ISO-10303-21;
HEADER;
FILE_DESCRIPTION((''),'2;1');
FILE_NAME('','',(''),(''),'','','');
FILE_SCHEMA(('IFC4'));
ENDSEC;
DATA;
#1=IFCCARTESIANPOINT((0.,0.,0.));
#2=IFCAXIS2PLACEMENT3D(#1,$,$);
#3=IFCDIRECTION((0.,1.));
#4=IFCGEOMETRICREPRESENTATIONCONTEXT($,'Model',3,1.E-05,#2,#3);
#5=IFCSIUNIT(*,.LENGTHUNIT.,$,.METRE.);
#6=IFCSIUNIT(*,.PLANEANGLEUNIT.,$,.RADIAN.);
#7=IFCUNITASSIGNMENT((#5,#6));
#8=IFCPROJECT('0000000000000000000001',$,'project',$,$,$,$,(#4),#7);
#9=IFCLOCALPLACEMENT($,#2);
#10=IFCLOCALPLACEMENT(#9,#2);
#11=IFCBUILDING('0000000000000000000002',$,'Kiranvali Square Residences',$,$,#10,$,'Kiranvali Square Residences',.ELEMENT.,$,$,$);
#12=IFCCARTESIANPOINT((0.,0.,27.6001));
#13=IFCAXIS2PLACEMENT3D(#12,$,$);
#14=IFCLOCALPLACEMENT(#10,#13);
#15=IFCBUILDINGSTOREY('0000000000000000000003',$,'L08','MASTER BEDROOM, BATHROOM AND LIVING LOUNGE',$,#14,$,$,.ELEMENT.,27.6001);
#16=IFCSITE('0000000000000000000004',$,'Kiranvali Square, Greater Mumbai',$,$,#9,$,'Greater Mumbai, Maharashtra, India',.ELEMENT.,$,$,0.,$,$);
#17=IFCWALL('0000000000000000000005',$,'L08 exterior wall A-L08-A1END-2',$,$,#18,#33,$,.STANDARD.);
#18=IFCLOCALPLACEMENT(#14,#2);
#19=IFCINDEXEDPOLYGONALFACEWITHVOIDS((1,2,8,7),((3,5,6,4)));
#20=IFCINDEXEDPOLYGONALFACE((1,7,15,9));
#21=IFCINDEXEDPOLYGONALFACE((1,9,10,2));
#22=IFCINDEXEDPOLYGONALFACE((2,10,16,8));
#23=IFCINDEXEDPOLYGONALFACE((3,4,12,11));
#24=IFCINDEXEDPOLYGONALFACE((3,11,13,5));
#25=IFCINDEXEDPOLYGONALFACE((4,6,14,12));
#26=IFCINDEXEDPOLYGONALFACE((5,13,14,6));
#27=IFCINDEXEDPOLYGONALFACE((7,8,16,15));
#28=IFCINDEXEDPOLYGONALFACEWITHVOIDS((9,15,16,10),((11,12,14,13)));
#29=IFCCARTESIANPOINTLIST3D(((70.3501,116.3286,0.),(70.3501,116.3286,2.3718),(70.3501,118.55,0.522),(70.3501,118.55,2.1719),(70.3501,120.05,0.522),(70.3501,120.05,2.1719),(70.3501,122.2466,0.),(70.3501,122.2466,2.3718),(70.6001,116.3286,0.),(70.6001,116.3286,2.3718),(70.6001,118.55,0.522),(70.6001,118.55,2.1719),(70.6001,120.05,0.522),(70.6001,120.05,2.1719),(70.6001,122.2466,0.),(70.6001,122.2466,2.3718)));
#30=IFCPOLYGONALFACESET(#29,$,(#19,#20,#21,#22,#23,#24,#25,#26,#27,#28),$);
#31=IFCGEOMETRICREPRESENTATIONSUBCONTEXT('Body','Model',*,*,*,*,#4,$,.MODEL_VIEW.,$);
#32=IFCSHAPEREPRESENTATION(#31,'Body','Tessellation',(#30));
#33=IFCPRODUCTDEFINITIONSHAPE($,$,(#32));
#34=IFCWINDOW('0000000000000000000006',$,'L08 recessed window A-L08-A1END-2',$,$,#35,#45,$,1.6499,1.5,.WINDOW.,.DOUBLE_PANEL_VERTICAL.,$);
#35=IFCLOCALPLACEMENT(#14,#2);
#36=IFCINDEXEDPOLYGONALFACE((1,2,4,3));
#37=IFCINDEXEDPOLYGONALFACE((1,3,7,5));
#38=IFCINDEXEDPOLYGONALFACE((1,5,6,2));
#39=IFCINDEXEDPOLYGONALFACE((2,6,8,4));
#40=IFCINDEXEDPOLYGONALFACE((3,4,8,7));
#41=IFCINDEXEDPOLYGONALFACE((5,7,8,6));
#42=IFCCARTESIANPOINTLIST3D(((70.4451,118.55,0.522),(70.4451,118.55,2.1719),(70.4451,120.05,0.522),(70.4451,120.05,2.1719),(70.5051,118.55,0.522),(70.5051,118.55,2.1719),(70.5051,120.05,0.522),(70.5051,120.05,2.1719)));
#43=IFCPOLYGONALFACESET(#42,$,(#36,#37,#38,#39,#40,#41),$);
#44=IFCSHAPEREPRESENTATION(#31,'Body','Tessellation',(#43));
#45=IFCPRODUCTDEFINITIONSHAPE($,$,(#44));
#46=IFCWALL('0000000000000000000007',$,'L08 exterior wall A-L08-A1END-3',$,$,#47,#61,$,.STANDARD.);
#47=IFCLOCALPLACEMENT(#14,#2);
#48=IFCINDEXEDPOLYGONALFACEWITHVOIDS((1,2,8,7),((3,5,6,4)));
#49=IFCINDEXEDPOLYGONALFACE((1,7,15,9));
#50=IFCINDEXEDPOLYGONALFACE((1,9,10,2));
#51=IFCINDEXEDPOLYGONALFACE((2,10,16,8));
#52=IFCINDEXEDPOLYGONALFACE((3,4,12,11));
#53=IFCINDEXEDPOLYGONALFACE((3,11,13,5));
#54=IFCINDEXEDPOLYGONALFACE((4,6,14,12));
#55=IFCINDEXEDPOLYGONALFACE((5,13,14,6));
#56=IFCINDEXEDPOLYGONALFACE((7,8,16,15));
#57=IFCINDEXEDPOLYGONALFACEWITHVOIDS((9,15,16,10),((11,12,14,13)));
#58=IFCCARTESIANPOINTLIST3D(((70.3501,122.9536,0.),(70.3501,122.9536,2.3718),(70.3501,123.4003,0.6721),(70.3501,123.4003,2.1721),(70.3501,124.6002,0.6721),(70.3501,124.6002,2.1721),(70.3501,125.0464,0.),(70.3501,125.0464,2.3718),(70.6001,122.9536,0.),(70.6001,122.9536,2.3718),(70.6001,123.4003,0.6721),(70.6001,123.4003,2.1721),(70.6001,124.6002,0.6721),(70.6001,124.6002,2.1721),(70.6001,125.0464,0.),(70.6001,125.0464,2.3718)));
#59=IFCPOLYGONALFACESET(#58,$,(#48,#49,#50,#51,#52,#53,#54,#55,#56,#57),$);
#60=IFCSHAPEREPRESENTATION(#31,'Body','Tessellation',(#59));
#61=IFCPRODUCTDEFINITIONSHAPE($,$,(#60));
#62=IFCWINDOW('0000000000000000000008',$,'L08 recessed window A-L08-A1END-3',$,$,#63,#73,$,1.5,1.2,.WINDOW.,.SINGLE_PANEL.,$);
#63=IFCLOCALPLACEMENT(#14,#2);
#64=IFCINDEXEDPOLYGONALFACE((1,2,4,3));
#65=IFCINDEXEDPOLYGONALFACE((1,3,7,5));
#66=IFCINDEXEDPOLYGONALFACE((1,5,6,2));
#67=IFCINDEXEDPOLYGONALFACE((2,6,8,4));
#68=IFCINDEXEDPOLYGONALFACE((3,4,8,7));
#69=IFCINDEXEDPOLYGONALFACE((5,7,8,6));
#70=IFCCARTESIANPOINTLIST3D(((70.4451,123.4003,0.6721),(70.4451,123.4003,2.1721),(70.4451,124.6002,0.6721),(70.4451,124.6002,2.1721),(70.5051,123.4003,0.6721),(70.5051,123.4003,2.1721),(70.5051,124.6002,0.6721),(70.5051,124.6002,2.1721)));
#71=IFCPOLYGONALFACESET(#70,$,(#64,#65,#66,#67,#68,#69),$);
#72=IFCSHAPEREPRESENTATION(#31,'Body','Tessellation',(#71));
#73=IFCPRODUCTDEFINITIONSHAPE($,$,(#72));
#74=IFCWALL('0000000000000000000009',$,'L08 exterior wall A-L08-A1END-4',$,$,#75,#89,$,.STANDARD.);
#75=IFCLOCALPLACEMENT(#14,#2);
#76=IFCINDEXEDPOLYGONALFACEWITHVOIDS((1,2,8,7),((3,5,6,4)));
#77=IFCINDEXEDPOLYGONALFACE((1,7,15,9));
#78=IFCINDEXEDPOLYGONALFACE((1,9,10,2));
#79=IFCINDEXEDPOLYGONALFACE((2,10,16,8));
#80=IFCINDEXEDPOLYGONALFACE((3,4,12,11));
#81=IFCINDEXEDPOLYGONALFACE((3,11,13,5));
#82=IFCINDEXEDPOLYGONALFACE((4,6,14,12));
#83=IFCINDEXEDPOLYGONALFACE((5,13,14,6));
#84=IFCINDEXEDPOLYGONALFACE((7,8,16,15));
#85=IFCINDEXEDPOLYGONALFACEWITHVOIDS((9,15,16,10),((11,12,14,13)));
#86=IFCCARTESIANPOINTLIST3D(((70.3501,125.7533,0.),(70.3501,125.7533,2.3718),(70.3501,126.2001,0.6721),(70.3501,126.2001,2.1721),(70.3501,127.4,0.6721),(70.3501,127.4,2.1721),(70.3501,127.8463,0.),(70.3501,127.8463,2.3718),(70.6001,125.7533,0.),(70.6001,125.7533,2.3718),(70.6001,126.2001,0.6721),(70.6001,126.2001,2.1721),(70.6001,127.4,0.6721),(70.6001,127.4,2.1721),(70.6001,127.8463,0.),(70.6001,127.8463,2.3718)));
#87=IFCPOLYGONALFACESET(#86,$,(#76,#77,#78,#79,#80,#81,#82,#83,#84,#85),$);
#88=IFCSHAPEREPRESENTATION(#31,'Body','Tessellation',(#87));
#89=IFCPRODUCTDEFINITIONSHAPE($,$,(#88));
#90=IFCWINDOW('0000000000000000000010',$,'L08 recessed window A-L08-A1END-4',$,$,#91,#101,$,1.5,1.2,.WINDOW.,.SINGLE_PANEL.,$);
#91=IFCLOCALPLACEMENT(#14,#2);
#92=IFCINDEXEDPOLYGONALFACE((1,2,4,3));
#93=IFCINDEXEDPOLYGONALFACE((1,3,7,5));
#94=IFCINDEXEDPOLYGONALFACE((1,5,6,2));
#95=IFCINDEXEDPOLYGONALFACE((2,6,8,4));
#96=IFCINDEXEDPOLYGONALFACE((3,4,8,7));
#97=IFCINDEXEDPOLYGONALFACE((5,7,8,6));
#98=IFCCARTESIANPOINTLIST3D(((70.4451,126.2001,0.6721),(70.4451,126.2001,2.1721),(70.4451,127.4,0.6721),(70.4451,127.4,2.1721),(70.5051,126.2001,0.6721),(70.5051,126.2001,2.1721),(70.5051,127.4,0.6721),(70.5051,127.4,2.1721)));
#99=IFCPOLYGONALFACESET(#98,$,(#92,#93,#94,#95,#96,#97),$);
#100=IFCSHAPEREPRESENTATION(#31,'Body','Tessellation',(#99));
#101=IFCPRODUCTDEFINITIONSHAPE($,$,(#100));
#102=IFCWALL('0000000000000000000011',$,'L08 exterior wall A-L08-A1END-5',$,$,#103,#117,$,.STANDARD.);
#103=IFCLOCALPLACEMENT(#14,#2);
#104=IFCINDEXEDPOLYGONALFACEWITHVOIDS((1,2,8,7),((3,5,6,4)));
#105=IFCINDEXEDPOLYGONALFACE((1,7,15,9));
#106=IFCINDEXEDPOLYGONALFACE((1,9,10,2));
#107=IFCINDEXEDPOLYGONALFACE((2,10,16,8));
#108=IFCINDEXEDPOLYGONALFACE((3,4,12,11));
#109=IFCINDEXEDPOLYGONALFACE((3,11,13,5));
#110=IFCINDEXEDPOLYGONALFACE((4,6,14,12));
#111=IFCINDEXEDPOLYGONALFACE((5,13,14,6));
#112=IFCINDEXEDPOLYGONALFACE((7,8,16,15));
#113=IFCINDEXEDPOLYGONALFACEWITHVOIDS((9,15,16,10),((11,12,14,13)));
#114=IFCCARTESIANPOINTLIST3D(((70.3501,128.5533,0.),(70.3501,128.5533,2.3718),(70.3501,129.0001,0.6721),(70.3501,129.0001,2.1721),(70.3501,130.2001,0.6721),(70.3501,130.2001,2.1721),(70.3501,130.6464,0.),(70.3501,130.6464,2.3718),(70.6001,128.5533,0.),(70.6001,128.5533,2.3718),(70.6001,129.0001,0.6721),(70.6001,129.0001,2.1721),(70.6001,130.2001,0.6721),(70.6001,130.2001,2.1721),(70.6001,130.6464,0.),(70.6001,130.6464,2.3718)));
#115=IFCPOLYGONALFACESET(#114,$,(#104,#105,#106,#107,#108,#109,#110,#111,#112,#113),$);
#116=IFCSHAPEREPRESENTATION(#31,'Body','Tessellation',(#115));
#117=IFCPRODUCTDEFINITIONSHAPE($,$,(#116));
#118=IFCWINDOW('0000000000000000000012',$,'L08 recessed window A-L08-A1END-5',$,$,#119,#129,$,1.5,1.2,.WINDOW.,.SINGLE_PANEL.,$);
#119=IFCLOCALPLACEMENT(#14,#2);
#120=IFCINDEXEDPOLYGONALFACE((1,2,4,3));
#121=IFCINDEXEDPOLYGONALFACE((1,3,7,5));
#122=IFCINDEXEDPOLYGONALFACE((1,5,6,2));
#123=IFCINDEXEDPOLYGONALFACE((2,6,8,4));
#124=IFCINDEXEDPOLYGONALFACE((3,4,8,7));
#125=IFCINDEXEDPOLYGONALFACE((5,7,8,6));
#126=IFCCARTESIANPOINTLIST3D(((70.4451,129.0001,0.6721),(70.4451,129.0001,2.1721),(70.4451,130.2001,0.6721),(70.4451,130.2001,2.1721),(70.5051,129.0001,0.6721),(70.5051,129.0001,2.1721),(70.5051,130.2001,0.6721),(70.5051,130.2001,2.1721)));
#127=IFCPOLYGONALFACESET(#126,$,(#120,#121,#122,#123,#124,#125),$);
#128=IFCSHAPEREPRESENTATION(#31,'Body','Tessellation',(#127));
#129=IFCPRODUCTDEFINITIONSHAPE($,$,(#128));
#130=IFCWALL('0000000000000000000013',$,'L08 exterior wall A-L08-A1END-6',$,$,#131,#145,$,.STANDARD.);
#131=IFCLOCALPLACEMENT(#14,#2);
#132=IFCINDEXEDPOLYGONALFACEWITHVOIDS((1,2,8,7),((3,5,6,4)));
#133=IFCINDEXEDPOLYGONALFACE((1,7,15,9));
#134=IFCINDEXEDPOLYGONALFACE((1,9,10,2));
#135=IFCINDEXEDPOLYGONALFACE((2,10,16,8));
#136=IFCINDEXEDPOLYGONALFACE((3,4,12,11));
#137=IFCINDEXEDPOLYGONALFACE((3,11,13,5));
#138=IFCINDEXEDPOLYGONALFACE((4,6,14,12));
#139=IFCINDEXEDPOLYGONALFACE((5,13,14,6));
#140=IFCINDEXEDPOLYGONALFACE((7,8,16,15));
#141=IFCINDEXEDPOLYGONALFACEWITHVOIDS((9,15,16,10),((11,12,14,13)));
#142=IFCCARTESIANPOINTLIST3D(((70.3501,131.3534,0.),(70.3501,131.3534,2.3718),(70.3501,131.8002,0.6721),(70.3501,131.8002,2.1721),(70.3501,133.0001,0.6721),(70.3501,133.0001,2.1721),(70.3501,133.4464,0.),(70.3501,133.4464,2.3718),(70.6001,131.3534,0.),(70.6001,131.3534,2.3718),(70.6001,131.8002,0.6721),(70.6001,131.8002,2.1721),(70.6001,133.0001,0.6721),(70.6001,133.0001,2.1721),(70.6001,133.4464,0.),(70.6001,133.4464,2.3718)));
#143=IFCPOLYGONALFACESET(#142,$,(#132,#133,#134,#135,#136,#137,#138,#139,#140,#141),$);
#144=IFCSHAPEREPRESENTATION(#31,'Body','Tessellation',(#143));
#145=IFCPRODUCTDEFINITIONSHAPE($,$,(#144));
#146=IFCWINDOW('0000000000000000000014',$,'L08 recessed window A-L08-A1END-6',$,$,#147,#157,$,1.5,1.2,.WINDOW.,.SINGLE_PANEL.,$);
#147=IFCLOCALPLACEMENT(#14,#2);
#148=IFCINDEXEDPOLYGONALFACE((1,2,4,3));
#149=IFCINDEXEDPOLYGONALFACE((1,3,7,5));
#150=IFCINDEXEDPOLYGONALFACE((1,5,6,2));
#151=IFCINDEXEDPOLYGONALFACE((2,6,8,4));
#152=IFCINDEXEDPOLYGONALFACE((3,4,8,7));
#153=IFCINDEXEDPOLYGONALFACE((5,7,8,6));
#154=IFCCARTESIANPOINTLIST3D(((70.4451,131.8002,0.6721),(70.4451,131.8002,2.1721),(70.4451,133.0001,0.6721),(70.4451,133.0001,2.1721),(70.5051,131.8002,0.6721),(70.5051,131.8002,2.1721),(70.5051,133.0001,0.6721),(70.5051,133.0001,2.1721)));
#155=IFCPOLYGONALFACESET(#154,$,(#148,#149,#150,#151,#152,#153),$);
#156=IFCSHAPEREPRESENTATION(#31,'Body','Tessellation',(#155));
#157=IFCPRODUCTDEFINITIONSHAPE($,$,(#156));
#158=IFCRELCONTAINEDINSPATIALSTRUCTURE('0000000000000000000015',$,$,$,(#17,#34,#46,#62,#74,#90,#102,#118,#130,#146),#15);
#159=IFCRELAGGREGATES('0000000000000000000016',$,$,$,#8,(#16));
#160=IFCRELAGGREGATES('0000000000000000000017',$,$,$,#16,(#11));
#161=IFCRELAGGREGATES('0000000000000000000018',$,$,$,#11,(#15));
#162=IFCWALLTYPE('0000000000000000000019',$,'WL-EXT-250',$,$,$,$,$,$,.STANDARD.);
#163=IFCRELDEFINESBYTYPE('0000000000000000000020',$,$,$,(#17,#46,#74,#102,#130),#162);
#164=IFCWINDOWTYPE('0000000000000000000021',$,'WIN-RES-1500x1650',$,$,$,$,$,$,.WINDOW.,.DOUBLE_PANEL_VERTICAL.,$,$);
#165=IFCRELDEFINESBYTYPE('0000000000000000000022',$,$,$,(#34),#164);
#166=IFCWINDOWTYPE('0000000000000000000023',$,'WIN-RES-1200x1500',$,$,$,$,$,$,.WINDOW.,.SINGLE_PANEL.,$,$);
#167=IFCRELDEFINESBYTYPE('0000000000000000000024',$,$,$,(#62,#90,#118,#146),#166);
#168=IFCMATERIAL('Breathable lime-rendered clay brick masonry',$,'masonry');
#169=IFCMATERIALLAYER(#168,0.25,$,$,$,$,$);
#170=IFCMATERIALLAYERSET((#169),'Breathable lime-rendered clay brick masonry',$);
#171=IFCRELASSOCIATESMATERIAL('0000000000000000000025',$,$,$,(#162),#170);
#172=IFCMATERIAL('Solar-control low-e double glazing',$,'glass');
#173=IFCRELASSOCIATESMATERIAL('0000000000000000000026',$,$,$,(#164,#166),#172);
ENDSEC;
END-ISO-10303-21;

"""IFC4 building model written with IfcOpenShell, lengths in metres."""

from ifc_helpers import new_model, si_unit, direction, frame, frame_2d, origin, place, context, subcontext, project, spatial, rectangle, extrude, material, layer, layer_set, type_object, element, fill, save


model = new_model("IFC4")

# Units and contexts
model_context = context("Model", 3, precision=1e-05, world=origin(), true_north=direction((0.0, 1.0)))
body_context = subcontext(model_context, "Body", "Model", "MODEL_VIEW")
ifc_project = project(units=[si_unit("LENGTHUNIT", "METRE"), si_unit("PLANEANGLEUNIT", "RADIAN")], contexts=[model_context])

# Site, building, storey
site_placement = place(None, origin())
site = spatial("IfcSite", under=ifc_project, at=site_placement, Name="Kiranvali Square, Greater Mumbai", LongName="Greater Mumbai, Maharashtra, India", CompositionType="ELEMENT", RefElevation=0.0)
building_placement = place(site_placement, origin())
building = spatial("IfcBuilding", under=site, at=building_placement, Name="Kiranvali Square Residences", LongName="Kiranvali Square Residences", CompositionType="ELEMENT")
storey_placement = place(building_placement, frame((0.0, 0.0, 27.6001)))
storey = spatial("IfcBuildingStorey", under=building, at=storey_placement, Name="L08", Description="MASTER BEDROOM, BATHROOM AND LIVING LOUNGE", CompositionType="ELEMENT", Elevation=27.6001)

# Walls, openings, windows
ifc_material_1 = material(Name="Breathable lime-rendered clay brick masonry", Category="masonry")
ifc_layer_1 = layer(ifc_material_1, 0.25)
ifc_layer_set_1 = layer_set([ifc_layer_1], Name="Breathable lime-rendered clay brick masonry")
wall_type_1 = type_object("IfcWallType", Name="WL-EXT-250", PredefinedType="STANDARD", material=ifc_layer_set_1)
ifc_material_2 = material(Name="Solar-control low-e double glazing", Category="glass")
wall_1_placement = place(storey_placement, frame((70.4751, 116.3286, 0.0), z_axis=(0.0, 0.0, 1.0), x_axis=(0.0, 1.0, 0.0)))
wall_1 = element("IfcWall", 1, at=wall_1_placement, inside=storey, type_object=wall_type_1, Name="L08 exterior wall A-L08-A1END-2", PredefinedType="STANDARD", context=body_context, shape_type="SweptSolid", body=[
    extrude(rectangle(XDim=5.918, YDim=0.25, at=frame_2d((2.959, 0.0))), origin(), (0.0, 0.0, 1.0), 2.3718),
])
opening_1_placement = place(wall_1_placement, frame((2.2214, 0.0, 0.522)))
opening_1 = element("IfcOpeningElement", 2, at=opening_1_placement, cuts=wall_1, PredefinedType="OPENING", context=body_context, shape_type="SweptSolid", body=[
    extrude(rectangle(XDim=1.5, YDim=1.6499, at=frame_2d((0.75, 0.825))), frame((0.0, 0.135, 0.0), z_axis=(0.0, -1.0, 0.0), x_axis=(1.0, 0.0, 0.0)), (0.0, 0.0, 1.0), 0.27),
])
window_type_1 = type_object("IfcWindowType", Name="WIN-RES-1500x1650", PartitioningType="DOUBLE_PANEL_VERTICAL", PredefinedType="WINDOW", material=ifc_material_2)
window_1_placement = place(opening_1_placement, origin())
window_1 = element("IfcWindow", 3, at=window_1_placement, inside=storey, type_object=window_type_1, Name="L08 recessed window A-L08-A1END-2", OverallHeight=1.6499, OverallWidth=1.5, PartitioningType="DOUBLE_PANEL_VERTICAL", PredefinedType="WINDOW", context=body_context, shape_type="SweptSolid", body=[
    extrude(rectangle(XDim=1.5, YDim=1.6499, at=frame_2d((0.75, 0.825))), frame((0.0, 0.03, 0.0), z_axis=(0.0, -1.0, 0.0), x_axis=(1.0, 0.0, 0.0)), (0.0, 0.0, 1.0), 0.0601),
])
fill(opening_1, window_1)
wall_2_placement = place(storey_placement, frame((70.4751, 122.9536, 0.0), z_axis=(0.0, 0.0, 1.0), x_axis=(0.0, 1.0, 0.0)))
wall_2 = element("IfcWall", 4, at=wall_2_placement, inside=storey, type_object=wall_type_1, Name="L08 exterior wall A-L08-A1END-3", PredefinedType="STANDARD", context=body_context, shape_type="SweptSolid", body=[
    extrude(rectangle(XDim=2.0928, YDim=0.25, at=frame_2d((1.0464, 0.0))), origin(), (0.0, 0.0, 1.0), 2.3718),
])
opening_2_placement = place(wall_2_placement, frame((0.4465, 0.0, 0.6721)))
opening_2 = element("IfcOpeningElement", 5, at=opening_2_placement, cuts=wall_2, PredefinedType="OPENING", context=body_context, shape_type="SweptSolid", body=[
    extrude(rectangle(XDim=1.2, YDim=1.5, at=frame_2d((0.6001, 0.75))), frame((0.0, 0.135, 0.0), z_axis=(0.0, -1.0, 0.0), x_axis=(1.0, 0.0, 0.0)), (0.0, 0.0, 1.0), 0.27),
])
window_type_2 = type_object("IfcWindowType", Name="WIN-RES-1200x1500", PartitioningType="SINGLE_PANEL", PredefinedType="WINDOW", material=ifc_material_2)
window_2_placement = place(opening_2_placement, origin())
window_2 = element("IfcWindow", 6, at=window_2_placement, inside=storey, type_object=window_type_2, Name="L08 recessed window A-L08-A1END-3", OverallHeight=1.5, OverallWidth=1.2, PartitioningType="SINGLE_PANEL", PredefinedType="WINDOW", context=body_context, shape_type="SweptSolid", body=[
    extrude(rectangle(XDim=1.2, YDim=1.5, at=frame_2d((0.6001, 0.75))), frame((0.0, 0.03, 0.0), z_axis=(0.0, -1.0, 0.0), x_axis=(1.0, 0.0, 0.0)), (0.0, 0.0, 1.0), 0.0601),
])
fill(opening_2, window_2)
wall_3_placement = place(storey_placement, frame((70.4751, 125.7534, 0.0), z_axis=(0.0, 0.0, 1.0), x_axis=(0.0, 1.0, 0.0)))
wall_3 = element("IfcWall", 7, at=wall_3_placement, inside=storey, type_object=wall_type_1, Name="L08 exterior wall A-L08-A1END-4", PredefinedType="STANDARD", context=body_context, shape_type="SweptSolid", body=[
    extrude(rectangle(XDim=2.093, YDim=0.25, at=frame_2d((1.0464, 0.0))), origin(), (0.0, 0.0, 1.0), 2.3718),
])
opening_3_placement = place(wall_3_placement, frame((0.4465, 0.0, 0.6721)))
opening_3 = element("IfcOpeningElement", 8, at=opening_3_placement, cuts=wall_3, PredefinedType="OPENING", context=body_context, shape_type="SweptSolid", body=[
    extrude(rectangle(XDim=1.2, YDim=1.5, at=frame_2d((0.6001, 0.75))), frame((0.0, 0.135, 0.0), z_axis=(0.0, -1.0, 0.0), x_axis=(1.0, 0.0, 0.0)), (0.0, 0.0, 1.0), 0.27),
])
window_3_placement = place(opening_3_placement, origin())
window_3 = element("IfcWindow", 9, at=window_3_placement, inside=storey, type_object=window_type_2, Name="L08 recessed window A-L08-A1END-4", OverallHeight=1.5, OverallWidth=1.2, PartitioningType="SINGLE_PANEL", PredefinedType="WINDOW", context=body_context, shape_type="SweptSolid", body=[
    extrude(rectangle(XDim=1.2, YDim=1.5, at=frame_2d((0.6001, 0.75))), frame((0.0, 0.03, 0.0), z_axis=(0.0, -1.0, 0.0), x_axis=(1.0, 0.0, 0.0)), (0.0, 0.0, 1.0), 0.0601),
])
fill(opening_3, window_3)
wall_4_placement = place(storey_placement, frame((70.4751, 128.5535, 0.0), z_axis=(0.0, 0.0, 1.0), x_axis=(0.0, 1.0, 0.0)))
wall_4 = element("IfcWall", 10, at=wall_4_placement, inside=storey, type_object=wall_type_1, Name="L08 exterior wall A-L08-A1END-5", PredefinedType="STANDARD", context=body_context, shape_type="SweptSolid", body=[
    extrude(rectangle(XDim=2.093, YDim=0.25, at=frame_2d((1.0464, 0.0))), origin(), (0.0, 0.0, 1.0), 2.3718),
])
opening_4_placement = place(wall_4_placement, frame((0.4465, 0.0, 0.6721)))
opening_4 = element("IfcOpeningElement", 11, at=opening_4_placement, cuts=wall_4, PredefinedType="OPENING", context=body_context, shape_type="SweptSolid", body=[
    extrude(rectangle(XDim=1.2, YDim=1.5, at=frame_2d((0.6001, 0.75))), frame((0.0, 0.135, 0.0), z_axis=(0.0, -1.0, 0.0), x_axis=(1.0, 0.0, 0.0)), (0.0, 0.0, 1.0), 0.27),
])
window_4_placement = place(opening_4_placement, origin())
window_4 = element("IfcWindow", 12, at=window_4_placement, inside=storey, type_object=window_type_2, Name="L08 recessed window A-L08-A1END-5", OverallHeight=1.5, OverallWidth=1.2, PartitioningType="SINGLE_PANEL", PredefinedType="WINDOW", context=body_context, shape_type="SweptSolid", body=[
    extrude(rectangle(XDim=1.2, YDim=1.5, at=frame_2d((0.6001, 0.75))), frame((0.0, 0.03, 0.0), z_axis=(0.0, -1.0, 0.0), x_axis=(1.0, 0.0, 0.0)), (0.0, 0.0, 1.0), 0.0601),
])
fill(opening_4, window_4)
wall_5_placement = place(storey_placement, frame((70.4751, 131.3535, 0.0), z_axis=(0.0, 0.0, 1.0), x_axis=(0.0, 1.0, 0.0)))
wall_5 = element("IfcWall", 13, at=wall_5_placement, inside=storey, type_object=wall_type_1, Name="L08 exterior wall A-L08-A1END-6", PredefinedType="STANDARD", context=body_context, shape_type="SweptSolid", body=[
    extrude(rectangle(XDim=2.093, YDim=0.25, at=frame_2d((1.0464, 0.0))), origin(), (0.0, 0.0, 1.0), 2.3718),
])
opening_5_placement = place(wall_5_placement, frame((0.4465, 0.0, 0.6721)))
opening_5 = element("IfcOpeningElement", 14, at=opening_5_placement, cuts=wall_5, PredefinedType="OPENING", context=body_context, shape_type="SweptSolid", body=[
    extrude(rectangle(XDim=1.2, YDim=1.5, at=frame_2d((0.6001, 0.75))), frame((0.0, 0.135, 0.0), z_axis=(0.0, -1.0, 0.0), x_axis=(1.0, 0.0, 0.0)), (0.0, 0.0, 1.0), 0.27),
])
window_5_placement = place(opening_5_placement, origin())
window_5 = element("IfcWindow", 15, at=window_5_placement, inside=storey, type_object=window_type_2, Name="L08 recessed window A-L08-A1END-6", OverallHeight=1.5, OverallWidth=1.2, PartitioningType="SINGLE_PANEL", PredefinedType="WINDOW", context=body_context, shape_type="SweptSolid", body=[
    extrude(rectangle(XDim=1.2, YDim=1.5, at=frame_2d((0.6001, 0.75))), frame((0.0, 0.03, 0.0), z_axis=(0.0, -1.0, 0.0), x_axis=(1.0, 0.0, 0.0)), (0.0, 0.0, 1.0), 0.0601),
])
fill(opening_5, window_5)

save(model, "model.ifc")
